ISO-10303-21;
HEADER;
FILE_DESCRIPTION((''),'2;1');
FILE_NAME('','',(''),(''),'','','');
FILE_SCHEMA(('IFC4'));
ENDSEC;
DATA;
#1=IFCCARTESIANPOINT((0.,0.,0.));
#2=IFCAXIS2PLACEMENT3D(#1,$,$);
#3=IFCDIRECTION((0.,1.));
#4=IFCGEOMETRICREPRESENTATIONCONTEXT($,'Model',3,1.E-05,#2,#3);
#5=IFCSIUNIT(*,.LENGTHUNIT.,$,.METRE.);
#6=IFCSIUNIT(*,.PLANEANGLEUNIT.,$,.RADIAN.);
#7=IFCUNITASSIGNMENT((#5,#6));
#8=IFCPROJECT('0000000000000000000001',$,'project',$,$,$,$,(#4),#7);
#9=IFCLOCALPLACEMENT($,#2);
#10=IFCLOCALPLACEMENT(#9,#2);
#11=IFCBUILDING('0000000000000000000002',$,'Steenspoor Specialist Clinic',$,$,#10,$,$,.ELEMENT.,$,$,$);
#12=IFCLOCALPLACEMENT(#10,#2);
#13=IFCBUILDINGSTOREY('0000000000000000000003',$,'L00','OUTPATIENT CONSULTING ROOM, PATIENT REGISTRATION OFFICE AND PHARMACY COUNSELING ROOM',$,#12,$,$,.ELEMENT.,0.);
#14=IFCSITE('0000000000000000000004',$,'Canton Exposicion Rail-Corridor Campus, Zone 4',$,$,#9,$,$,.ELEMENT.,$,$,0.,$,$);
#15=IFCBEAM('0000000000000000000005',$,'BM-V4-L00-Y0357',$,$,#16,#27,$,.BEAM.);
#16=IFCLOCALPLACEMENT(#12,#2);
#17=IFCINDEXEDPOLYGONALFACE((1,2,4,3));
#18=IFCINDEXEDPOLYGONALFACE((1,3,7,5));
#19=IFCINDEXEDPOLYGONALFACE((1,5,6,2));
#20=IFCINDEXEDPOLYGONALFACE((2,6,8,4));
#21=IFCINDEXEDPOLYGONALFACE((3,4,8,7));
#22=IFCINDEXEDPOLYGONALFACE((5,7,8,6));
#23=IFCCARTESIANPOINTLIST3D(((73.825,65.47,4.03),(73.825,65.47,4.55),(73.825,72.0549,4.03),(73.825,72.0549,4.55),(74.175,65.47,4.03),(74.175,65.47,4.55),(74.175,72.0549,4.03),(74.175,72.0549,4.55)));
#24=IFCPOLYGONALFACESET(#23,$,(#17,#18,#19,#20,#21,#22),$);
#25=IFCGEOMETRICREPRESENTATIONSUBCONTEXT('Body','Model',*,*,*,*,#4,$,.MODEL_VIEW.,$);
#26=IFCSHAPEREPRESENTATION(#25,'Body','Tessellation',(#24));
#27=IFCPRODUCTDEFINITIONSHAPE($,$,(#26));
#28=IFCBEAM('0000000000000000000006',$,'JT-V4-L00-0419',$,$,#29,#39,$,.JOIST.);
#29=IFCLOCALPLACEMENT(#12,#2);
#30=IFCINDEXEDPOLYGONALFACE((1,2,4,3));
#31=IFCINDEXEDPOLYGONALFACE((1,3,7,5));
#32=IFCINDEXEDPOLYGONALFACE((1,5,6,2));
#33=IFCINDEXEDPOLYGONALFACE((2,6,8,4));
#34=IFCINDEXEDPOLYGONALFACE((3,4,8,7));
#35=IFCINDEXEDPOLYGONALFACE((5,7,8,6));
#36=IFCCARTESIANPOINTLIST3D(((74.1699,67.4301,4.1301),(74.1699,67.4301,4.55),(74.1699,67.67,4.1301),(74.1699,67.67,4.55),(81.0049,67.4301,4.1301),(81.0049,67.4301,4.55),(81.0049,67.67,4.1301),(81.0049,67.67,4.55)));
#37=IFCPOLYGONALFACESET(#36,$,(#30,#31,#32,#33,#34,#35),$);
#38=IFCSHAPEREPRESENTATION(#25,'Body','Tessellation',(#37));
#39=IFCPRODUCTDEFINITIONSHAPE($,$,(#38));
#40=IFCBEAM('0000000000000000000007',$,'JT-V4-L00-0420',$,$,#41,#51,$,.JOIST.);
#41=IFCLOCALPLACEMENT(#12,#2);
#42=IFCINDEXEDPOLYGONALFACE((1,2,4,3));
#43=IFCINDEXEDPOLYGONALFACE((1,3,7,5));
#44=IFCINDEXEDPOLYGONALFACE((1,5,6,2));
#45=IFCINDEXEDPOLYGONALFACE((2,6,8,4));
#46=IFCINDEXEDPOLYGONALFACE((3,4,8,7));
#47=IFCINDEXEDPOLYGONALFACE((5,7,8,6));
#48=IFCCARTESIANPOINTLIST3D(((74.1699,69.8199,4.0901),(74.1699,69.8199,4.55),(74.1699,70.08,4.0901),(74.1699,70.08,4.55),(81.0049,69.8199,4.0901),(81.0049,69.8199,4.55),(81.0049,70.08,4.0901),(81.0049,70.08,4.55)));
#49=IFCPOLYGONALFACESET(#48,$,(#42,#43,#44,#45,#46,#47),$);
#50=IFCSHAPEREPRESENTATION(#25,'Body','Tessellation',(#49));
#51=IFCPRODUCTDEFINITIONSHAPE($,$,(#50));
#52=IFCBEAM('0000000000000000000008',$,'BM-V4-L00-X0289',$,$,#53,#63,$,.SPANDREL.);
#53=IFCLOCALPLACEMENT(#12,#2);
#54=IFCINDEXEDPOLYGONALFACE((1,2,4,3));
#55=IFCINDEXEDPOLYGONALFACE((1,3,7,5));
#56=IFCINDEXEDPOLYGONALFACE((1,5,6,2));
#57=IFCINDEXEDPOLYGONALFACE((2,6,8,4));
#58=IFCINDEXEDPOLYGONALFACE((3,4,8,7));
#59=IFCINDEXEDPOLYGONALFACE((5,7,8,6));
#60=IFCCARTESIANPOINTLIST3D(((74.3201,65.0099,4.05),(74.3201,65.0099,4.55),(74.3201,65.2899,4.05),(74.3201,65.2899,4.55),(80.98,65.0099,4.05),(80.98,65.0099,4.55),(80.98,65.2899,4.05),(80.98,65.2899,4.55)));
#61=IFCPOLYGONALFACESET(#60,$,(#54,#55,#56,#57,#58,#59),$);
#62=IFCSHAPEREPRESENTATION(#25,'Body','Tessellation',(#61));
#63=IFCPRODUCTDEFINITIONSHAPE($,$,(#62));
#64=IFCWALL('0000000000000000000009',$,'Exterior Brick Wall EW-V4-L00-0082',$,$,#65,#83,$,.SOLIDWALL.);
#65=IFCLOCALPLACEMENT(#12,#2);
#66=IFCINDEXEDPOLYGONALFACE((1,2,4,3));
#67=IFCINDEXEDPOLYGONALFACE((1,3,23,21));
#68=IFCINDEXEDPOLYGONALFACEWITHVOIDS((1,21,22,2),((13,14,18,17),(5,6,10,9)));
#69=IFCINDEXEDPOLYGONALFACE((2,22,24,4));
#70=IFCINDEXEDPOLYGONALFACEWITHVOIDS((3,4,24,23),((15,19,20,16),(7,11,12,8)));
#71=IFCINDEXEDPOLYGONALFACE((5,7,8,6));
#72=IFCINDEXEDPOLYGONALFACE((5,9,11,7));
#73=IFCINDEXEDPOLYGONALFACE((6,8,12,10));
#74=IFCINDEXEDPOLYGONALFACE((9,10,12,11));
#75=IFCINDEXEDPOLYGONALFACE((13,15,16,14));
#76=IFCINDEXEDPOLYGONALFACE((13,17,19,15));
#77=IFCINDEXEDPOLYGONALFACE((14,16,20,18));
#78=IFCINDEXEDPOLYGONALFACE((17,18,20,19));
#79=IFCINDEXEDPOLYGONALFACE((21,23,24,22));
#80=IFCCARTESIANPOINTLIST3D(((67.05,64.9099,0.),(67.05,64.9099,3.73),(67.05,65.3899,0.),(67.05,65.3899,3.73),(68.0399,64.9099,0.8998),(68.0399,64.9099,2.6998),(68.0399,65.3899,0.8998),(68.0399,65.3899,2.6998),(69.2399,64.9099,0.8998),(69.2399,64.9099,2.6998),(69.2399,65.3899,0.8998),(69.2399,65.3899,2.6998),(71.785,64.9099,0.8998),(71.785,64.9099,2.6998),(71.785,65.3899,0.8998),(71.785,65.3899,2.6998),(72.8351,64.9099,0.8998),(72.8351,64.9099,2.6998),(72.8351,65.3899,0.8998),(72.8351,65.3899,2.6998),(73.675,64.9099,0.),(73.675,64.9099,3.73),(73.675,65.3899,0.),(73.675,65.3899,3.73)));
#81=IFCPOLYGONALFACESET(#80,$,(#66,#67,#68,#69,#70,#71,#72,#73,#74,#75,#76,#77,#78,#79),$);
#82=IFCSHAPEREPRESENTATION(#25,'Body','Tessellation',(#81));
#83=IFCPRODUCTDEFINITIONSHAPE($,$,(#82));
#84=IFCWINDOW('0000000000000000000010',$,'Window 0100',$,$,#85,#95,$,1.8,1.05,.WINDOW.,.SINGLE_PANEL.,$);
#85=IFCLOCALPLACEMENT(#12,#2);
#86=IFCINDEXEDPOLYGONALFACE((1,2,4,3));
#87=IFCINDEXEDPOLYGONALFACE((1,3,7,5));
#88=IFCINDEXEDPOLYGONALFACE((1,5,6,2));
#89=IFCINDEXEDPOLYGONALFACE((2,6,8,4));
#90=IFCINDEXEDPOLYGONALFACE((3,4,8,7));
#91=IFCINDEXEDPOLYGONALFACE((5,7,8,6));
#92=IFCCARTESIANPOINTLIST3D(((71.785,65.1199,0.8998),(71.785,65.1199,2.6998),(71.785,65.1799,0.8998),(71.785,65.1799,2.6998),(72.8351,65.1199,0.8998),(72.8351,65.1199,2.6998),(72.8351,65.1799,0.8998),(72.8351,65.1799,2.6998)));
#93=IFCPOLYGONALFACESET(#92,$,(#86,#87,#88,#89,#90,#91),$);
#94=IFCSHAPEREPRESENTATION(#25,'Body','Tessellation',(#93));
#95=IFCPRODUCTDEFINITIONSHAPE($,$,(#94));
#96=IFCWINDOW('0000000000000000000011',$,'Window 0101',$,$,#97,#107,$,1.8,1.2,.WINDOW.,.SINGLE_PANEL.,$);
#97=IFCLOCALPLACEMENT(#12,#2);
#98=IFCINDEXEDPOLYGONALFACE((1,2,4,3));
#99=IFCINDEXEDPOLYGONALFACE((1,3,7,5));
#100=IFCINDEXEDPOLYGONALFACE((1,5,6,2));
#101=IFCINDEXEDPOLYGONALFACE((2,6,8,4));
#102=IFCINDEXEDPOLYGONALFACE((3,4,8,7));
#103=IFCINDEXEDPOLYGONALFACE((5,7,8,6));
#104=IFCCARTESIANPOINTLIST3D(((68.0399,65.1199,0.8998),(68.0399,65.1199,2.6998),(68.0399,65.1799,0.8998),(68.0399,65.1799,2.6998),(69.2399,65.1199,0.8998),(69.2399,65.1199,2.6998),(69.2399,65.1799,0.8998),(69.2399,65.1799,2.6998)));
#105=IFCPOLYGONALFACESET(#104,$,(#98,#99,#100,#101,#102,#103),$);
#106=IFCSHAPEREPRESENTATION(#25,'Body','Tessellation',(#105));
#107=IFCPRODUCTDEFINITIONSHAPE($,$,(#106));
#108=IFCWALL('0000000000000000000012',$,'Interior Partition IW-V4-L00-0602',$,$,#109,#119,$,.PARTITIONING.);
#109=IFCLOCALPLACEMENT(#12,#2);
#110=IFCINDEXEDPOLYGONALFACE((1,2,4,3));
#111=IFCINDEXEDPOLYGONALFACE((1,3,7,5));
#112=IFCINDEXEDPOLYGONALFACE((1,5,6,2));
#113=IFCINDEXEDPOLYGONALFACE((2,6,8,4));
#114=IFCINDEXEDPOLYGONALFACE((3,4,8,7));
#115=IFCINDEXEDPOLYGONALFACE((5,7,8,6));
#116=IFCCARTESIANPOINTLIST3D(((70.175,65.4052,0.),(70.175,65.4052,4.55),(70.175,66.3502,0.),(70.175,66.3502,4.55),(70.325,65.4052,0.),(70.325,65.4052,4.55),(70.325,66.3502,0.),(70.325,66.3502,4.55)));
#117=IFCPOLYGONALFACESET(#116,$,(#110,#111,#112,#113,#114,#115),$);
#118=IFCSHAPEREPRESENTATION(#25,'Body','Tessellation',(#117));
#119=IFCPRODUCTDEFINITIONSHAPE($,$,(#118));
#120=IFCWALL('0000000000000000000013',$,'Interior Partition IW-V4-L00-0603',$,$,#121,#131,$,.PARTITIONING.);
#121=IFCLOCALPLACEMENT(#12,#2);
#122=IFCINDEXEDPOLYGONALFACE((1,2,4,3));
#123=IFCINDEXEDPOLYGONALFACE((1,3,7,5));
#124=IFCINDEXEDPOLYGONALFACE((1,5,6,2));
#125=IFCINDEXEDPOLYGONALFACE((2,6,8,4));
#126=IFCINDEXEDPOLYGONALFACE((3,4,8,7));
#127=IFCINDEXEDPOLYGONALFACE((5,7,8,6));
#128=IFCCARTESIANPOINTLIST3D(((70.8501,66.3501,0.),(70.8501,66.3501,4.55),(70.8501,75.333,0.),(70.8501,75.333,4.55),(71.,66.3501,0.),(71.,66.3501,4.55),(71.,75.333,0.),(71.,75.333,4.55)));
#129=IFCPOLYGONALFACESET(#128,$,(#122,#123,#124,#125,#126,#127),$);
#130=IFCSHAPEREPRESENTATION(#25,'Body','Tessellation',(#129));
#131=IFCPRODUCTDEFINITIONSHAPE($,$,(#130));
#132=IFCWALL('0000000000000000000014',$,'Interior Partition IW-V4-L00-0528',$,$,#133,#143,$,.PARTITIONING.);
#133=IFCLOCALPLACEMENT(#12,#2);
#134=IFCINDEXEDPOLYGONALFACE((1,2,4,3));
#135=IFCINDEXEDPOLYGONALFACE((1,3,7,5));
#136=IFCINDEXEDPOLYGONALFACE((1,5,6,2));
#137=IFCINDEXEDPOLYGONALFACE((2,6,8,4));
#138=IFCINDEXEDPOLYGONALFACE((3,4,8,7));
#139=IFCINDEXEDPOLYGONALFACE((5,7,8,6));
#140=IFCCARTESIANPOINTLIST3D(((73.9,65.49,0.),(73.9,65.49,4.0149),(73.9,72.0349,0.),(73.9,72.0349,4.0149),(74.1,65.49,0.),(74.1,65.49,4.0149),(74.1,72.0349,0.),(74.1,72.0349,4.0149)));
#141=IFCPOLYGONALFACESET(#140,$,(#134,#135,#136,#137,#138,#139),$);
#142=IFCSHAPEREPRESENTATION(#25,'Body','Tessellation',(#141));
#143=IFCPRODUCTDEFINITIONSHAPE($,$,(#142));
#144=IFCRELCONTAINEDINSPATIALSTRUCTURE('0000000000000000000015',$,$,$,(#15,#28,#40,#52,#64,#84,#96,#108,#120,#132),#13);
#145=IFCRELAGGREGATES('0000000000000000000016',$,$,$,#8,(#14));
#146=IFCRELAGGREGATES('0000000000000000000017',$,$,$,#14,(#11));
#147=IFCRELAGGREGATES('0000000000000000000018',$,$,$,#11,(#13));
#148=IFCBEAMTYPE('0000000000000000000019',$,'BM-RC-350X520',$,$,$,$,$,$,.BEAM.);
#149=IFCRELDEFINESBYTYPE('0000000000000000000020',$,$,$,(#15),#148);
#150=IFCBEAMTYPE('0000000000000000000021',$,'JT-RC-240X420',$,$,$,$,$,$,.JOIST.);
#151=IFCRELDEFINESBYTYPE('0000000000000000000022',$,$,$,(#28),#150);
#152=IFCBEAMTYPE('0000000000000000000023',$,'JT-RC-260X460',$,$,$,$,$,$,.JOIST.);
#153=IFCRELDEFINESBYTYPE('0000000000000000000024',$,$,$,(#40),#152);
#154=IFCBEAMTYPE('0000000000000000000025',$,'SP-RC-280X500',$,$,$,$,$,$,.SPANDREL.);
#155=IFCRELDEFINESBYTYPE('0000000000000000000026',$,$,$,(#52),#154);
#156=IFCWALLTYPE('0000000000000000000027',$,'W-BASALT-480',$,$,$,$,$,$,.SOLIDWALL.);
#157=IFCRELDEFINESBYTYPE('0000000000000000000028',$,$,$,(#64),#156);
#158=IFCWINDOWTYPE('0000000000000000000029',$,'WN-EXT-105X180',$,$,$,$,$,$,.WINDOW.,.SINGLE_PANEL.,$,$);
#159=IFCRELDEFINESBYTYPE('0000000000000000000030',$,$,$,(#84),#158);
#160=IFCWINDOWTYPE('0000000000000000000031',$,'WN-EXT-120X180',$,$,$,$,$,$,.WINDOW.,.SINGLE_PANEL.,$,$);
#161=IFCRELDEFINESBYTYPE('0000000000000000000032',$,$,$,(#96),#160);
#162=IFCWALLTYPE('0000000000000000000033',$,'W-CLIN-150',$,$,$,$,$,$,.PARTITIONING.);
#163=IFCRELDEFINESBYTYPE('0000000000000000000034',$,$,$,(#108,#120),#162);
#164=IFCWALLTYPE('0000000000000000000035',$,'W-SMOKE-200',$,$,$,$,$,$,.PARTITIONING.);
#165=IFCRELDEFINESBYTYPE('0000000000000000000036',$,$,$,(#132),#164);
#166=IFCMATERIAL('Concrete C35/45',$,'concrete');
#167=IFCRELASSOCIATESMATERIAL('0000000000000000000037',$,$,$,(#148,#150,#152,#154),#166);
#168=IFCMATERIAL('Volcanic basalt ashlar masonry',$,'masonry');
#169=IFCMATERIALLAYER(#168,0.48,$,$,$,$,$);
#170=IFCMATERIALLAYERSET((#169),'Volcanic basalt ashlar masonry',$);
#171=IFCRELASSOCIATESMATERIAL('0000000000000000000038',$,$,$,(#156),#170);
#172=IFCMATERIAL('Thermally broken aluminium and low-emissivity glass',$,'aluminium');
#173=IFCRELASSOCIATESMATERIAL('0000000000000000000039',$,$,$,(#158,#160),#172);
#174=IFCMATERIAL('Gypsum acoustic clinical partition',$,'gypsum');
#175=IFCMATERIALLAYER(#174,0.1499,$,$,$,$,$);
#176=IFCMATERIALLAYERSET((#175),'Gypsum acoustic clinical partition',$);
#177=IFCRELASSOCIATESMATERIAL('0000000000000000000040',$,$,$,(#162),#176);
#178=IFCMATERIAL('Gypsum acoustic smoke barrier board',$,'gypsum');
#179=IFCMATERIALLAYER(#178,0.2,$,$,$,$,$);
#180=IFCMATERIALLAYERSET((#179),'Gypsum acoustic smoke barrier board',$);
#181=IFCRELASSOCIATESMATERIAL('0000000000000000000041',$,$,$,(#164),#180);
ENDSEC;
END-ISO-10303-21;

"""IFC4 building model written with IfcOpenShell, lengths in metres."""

from ifc_helpers import new_model, si_unit, direction, frame, frame_2d, origin, origin_2d, place, context, subcontext, project, spatial, rectangle, extrude, material, layer, layer_set, material_profile, profile_set, type_object, element, fill, save


model = new_model("IFC4")

# Units and contexts
model_context = context("Model", 3, precision=1e-05, world=origin(), true_north=direction((0.0, 1.0)))
body_context = subcontext(model_context, "Body", "Model", "MODEL_VIEW")
ifc_project = project(units=[si_unit("LENGTHUNIT", "METRE"), si_unit("PLANEANGLEUNIT", "RADIAN")], contexts=[model_context])

# Site, building, storey
site_placement = place(None, origin())
site = spatial("IfcSite", under=ifc_project, at=site_placement, Name="Canton Exposicion Rail-Corridor Campus, Zone 4", CompositionType="ELEMENT", RefElevation=0.0)
building_placement = place(site_placement, origin())
building = spatial("IfcBuilding", under=site, at=building_placement, Name="Steenspoor Specialist Clinic", CompositionType="ELEMENT")
storey_placement = place(building_placement, origin())
storey = spatial("IfcBuildingStorey", under=building, at=storey_placement, Name="L00", Description="OUTPATIENT CONSULTING ROOM, PATIENT REGISTRATION OFFICE AND PHARMACY COUNSELING ROOM", CompositionType="ELEMENT", Elevation=0.0)

# Shared definitions
ifc_material_1 = material(Name="Concrete C35/45", Category="concrete")

# Beams
ifc_material_profile_1 = material_profile(ifc_material_1, rectangle(XDim=0.3501, YDim=0.52, at=origin_2d()), Name="RC-BM-350X520")
ifc_profile_set_1 = profile_set([ifc_material_profile_1], Name="Concrete C35/45")
beam_type_1 = type_object("IfcBeamType", Name="BM-RC-350X520", PredefinedType="BEAM", material=ifc_profile_set_1)
beam_1_placement = place(storey_placement, frame((74.0, 65.47, 4.29), z_axis=(0.0, 1.0, 0.0), x_axis=(-1.0, 0.0, 0.0)))
element("IfcBeam", 1, at=beam_1_placement, inside=storey, type_object=beam_type_1, Name="BM-V4-L00-Y0357", PredefinedType="BEAM", context=body_context, shape_type="SweptSolid", body=[
    extrude(rectangle(XDim=0.3501, YDim=0.52, at=origin_2d()), origin(), (0.0, 0.0, 1.0), 6.585),
])
ifc_material_profile_2 = material_profile(ifc_material_1, rectangle(XDim=0.24, YDim=0.4199, at=origin_2d()), Name="RC-JT-240X420")
ifc_profile_set_2 = profile_set([ifc_material_profile_2], Name="Concrete C35/45")
beam_type_2 = type_object("IfcBeamType", Name="JT-RC-240X420", PredefinedType="JOIST", material=ifc_profile_set_2)
beam_2_placement = place(storey_placement, frame((74.1699, 67.55, 4.3401), z_axis=(1.0, 0.0, 0.0), x_axis=(0.0, 1.0, 0.0)))
element("IfcBeam", 2, at=beam_2_placement, inside=storey, type_object=beam_type_2, Name="JT-V4-L00-0419", PredefinedType="JOIST", context=body_context, shape_type="SweptSolid", body=[
    extrude(rectangle(XDim=0.24, YDim=0.4199, at=origin_2d()), origin(), (0.0, 0.0, 1.0), 6.835),
])
ifc_material_profile_3 = material_profile(ifc_material_1, rectangle(XDim=0.26, YDim=0.46, at=origin_2d()), Name="RC-JT-260X460")
ifc_profile_set_3 = profile_set([ifc_material_profile_3], Name="Concrete C35/45")
beam_type_3 = type_object("IfcBeamType", Name="JT-RC-260X460", PredefinedType="JOIST", material=ifc_profile_set_3)
beam_3_placement = place(storey_placement, frame((74.1699, 69.95, 4.3201), z_axis=(1.0, 0.0, 0.0), x_axis=(0.0, 1.0, 0.0)))
element("IfcBeam", 3, at=beam_3_placement, inside=storey, type_object=beam_type_3, Name="JT-V4-L00-0420", PredefinedType="JOIST", context=body_context, shape_type="SweptSolid", body=[
    extrude(rectangle(XDim=0.26, YDim=0.46, at=origin_2d()), origin(), (0.0, 0.0, 1.0), 6.835),
])
ifc_material_profile_4 = material_profile(ifc_material_1, rectangle(XDim=0.28, YDim=0.5, at=origin_2d()), Name="RC-SP-280X500")
ifc_profile_set_4 = profile_set([ifc_material_profile_4], Name="Concrete C35/45")
beam_type_4 = type_object("IfcBeamType", Name="SP-RC-280X500", PredefinedType="SPANDREL", material=ifc_profile_set_4)
beam_4_placement = place(storey_placement, frame((74.3201, 65.1499, 4.3), z_axis=(1.0, 0.0, 0.0), x_axis=(0.0, 1.0, 0.0)))
element("IfcBeam", 4, at=beam_4_placement, inside=storey, type_object=beam_type_4, Name="BM-V4-L00-X0289", PredefinedType="SPANDREL", context=body_context, shape_type="SweptSolid", body=[
    extrude(rectangle(XDim=0.28, YDim=0.5, at=origin_2d()), origin(), (0.0, 0.0, 1.0), 6.6599),
])

# Wall, openings, windows
ifc_material_2 = material(Name="Volcanic basalt ashlar masonry", Category="masonry")
ifc_layer_1 = layer(ifc_material_2, 0.48)
ifc_layer_set_1 = layer_set([ifc_layer_1], Name="Volcanic basalt ashlar masonry")
wall_type_1 = type_object("IfcWallType", Name="W-BASALT-480", PredefinedType="SOLIDWALL", material=ifc_layer_set_1)
wall_1_placement = place(storey_placement, frame((73.675, 65.1499, 0.0), z_axis=(0.0, 0.0, 1.0), x_axis=(-1.0, 0.0, 0.0)))
wall_1 = element("IfcWall", 5, at=wall_1_placement, inside=storey, type_object=wall_type_1, Name="Exterior Brick Wall EW-V4-L00-0082", PredefinedType="SOLIDWALL", context=body_context, shape_type="SweptSolid", body=[
    extrude(rectangle(XDim=6.625, YDim=0.48, at=frame_2d((3.3125, 0.0))), origin(), (0.0, 0.0, 1.0), 3.73),
])
opening_1_placement = place(wall_1_placement, frame((0.8401, 0.0, 0.8999)))
opening_1 = element("IfcOpeningElement", 6, at=opening_1_placement, cuts=wall_1, PredefinedType="OPENING", context=body_context, shape_type="SweptSolid", body=[
    extrude(rectangle(XDim=1.05, YDim=1.8, at=frame_2d((0.5249, 0.8999))), frame((0.0, 0.25, 0.0), z_axis=(0.0, -1.0, 0.0), x_axis=(1.0, 0.0, 0.0)), (0.0, 0.0, 1.0), 0.5),
])
opening_2_placement = place(wall_1_placement, frame((4.4351, 0.0, 0.8999)))
opening_2 = element("IfcOpeningElement", 7, at=opening_2_placement, cuts=wall_1, PredefinedType="OPENING", context=body_context, shape_type="SweptSolid", body=[
    extrude(rectangle(XDim=1.2, YDim=1.8, at=frame_2d((0.6001, 0.8999))), frame((0.0, 0.25, 0.0), z_axis=(0.0, -1.0, 0.0), x_axis=(1.0, 0.0, 0.0)), (0.0, 0.0, 1.0), 0.5),
])
ifc_material_3 = material(Name="Thermally broken aluminium and low-emissivity glass", Category="aluminium")
window_type_1 = type_object("IfcWindowType", Name="WN-EXT-105X180", PartitioningType="SINGLE_PANEL", PredefinedType="WINDOW", material=ifc_material_3)
window_1_placement = place(opening_1_placement, origin())
window_1 = element("IfcWindow", 8, at=window_1_placement, inside=storey, type_object=window_type_1, Name="Window 0100", OverallHeight=1.8, OverallWidth=1.05, PartitioningType="SINGLE_PANEL", PredefinedType="WINDOW", context=body_context, shape_type="SweptSolid", body=[
    extrude(rectangle(XDim=1.05, YDim=1.8, at=frame_2d((0.5249, 0.8999))), frame((0.0, 0.03, 0.0), z_axis=(0.0, -1.0, 0.0), x_axis=(1.0, 0.0, 0.0)), (0.0, 0.0, 1.0), 0.0601),
])
fill(opening_1, window_1)
window_type_2 = type_object("IfcWindowType", Name="WN-EXT-120X180", PartitioningType="SINGLE_PANEL", PredefinedType="WINDOW", material=ifc_material_3)
window_2_placement = place(opening_2_placement, origin())
window_2 = element("IfcWindow", 9, at=window_2_placement, inside=storey, type_object=window_type_2, Name="Window 0101", OverallHeight=1.8, OverallWidth=1.2, PartitioningType="SINGLE_PANEL", PredefinedType="WINDOW", context=body_context, shape_type="SweptSolid", body=[
    extrude(rectangle(XDim=1.2, YDim=1.8, at=frame_2d((0.6001, 0.8999))), frame((0.0, 0.03, 0.0), z_axis=(0.0, -1.0, 0.0), x_axis=(1.0, 0.0, 0.0)), (0.0, 0.0, 1.0), 0.0601),
])
fill(opening_2, window_2)

# Walls
ifc_material_4 = material(Name="Gypsum acoustic clinical partition", Category="gypsum")
ifc_layer_2 = layer(ifc_material_4, 0.1499)
ifc_layer_set_2 = layer_set([ifc_layer_2], Name="Gypsum acoustic clinical partition")
wall_type_2 = type_object("IfcWallType", Name="W-CLIN-150", PredefinedType="PARTITIONING", material=ifc_layer_set_2)
wall_2_placement = place(storey_placement, frame((70.25, 65.405, 0.0), z_axis=(0.0, 0.0, 1.0), x_axis=(0.0, 1.0, 0.0)))
element("IfcWall", 10, at=wall_2_placement, inside=storey, type_object=wall_type_2, Name="Interior Partition IW-V4-L00-0602", PredefinedType="PARTITIONING", context=body_context, shape_type="SweptSolid", body=[
    extrude(rectangle(XDim=0.9451, YDim=0.1499, at=frame_2d((0.4727, 0.0))), origin(), (0.0, 0.0, 1.0), 4.55),
])
wall_3_placement = place(storey_placement, frame((70.925, 66.3501, 0.0), z_axis=(0.0, 0.0, 1.0), x_axis=(0.0, 1.0, 0.0)))
element("IfcWall", 11, at=wall_3_placement, inside=storey, type_object=wall_type_2, Name="Interior Partition IW-V4-L00-0603", PredefinedType="PARTITIONING", context=body_context, shape_type="SweptSolid", body=[
    extrude(rectangle(XDim=8.9829, YDim=0.1499, at=frame_2d((4.4915, 0.0))), origin(), (0.0, 0.0, 1.0), 4.55),
])
ifc_material_5 = material(Name="Gypsum acoustic smoke barrier board", Category="gypsum")
ifc_layer_3 = layer(ifc_material_5, 0.2)
ifc_layer_set_3 = layer_set([ifc_layer_3], Name="Gypsum acoustic smoke barrier board")
wall_type_3 = type_object("IfcWallType", Name="W-SMOKE-200", PredefinedType="PARTITIONING", material=ifc_layer_set_3)
wall_4_placement = place(storey_placement, frame((74.0, 65.49, 0.0), z_axis=(0.0, 0.0, 1.0), x_axis=(0.0, 1.0, 0.0)))
element("IfcWall", 12, at=wall_4_placement, inside=storey, type_object=wall_type_3, Name="Interior Partition IW-V4-L00-0528", PredefinedType="PARTITIONING", context=body_context, shape_type="SweptSolid", body=[
    extrude(rectangle(XDim=6.5449, YDim=0.2, at=frame_2d((3.2725, 0.0))), origin(), (0.0, 0.0, 1.0), 4.0149),
])

save(model, "model.ifc")
